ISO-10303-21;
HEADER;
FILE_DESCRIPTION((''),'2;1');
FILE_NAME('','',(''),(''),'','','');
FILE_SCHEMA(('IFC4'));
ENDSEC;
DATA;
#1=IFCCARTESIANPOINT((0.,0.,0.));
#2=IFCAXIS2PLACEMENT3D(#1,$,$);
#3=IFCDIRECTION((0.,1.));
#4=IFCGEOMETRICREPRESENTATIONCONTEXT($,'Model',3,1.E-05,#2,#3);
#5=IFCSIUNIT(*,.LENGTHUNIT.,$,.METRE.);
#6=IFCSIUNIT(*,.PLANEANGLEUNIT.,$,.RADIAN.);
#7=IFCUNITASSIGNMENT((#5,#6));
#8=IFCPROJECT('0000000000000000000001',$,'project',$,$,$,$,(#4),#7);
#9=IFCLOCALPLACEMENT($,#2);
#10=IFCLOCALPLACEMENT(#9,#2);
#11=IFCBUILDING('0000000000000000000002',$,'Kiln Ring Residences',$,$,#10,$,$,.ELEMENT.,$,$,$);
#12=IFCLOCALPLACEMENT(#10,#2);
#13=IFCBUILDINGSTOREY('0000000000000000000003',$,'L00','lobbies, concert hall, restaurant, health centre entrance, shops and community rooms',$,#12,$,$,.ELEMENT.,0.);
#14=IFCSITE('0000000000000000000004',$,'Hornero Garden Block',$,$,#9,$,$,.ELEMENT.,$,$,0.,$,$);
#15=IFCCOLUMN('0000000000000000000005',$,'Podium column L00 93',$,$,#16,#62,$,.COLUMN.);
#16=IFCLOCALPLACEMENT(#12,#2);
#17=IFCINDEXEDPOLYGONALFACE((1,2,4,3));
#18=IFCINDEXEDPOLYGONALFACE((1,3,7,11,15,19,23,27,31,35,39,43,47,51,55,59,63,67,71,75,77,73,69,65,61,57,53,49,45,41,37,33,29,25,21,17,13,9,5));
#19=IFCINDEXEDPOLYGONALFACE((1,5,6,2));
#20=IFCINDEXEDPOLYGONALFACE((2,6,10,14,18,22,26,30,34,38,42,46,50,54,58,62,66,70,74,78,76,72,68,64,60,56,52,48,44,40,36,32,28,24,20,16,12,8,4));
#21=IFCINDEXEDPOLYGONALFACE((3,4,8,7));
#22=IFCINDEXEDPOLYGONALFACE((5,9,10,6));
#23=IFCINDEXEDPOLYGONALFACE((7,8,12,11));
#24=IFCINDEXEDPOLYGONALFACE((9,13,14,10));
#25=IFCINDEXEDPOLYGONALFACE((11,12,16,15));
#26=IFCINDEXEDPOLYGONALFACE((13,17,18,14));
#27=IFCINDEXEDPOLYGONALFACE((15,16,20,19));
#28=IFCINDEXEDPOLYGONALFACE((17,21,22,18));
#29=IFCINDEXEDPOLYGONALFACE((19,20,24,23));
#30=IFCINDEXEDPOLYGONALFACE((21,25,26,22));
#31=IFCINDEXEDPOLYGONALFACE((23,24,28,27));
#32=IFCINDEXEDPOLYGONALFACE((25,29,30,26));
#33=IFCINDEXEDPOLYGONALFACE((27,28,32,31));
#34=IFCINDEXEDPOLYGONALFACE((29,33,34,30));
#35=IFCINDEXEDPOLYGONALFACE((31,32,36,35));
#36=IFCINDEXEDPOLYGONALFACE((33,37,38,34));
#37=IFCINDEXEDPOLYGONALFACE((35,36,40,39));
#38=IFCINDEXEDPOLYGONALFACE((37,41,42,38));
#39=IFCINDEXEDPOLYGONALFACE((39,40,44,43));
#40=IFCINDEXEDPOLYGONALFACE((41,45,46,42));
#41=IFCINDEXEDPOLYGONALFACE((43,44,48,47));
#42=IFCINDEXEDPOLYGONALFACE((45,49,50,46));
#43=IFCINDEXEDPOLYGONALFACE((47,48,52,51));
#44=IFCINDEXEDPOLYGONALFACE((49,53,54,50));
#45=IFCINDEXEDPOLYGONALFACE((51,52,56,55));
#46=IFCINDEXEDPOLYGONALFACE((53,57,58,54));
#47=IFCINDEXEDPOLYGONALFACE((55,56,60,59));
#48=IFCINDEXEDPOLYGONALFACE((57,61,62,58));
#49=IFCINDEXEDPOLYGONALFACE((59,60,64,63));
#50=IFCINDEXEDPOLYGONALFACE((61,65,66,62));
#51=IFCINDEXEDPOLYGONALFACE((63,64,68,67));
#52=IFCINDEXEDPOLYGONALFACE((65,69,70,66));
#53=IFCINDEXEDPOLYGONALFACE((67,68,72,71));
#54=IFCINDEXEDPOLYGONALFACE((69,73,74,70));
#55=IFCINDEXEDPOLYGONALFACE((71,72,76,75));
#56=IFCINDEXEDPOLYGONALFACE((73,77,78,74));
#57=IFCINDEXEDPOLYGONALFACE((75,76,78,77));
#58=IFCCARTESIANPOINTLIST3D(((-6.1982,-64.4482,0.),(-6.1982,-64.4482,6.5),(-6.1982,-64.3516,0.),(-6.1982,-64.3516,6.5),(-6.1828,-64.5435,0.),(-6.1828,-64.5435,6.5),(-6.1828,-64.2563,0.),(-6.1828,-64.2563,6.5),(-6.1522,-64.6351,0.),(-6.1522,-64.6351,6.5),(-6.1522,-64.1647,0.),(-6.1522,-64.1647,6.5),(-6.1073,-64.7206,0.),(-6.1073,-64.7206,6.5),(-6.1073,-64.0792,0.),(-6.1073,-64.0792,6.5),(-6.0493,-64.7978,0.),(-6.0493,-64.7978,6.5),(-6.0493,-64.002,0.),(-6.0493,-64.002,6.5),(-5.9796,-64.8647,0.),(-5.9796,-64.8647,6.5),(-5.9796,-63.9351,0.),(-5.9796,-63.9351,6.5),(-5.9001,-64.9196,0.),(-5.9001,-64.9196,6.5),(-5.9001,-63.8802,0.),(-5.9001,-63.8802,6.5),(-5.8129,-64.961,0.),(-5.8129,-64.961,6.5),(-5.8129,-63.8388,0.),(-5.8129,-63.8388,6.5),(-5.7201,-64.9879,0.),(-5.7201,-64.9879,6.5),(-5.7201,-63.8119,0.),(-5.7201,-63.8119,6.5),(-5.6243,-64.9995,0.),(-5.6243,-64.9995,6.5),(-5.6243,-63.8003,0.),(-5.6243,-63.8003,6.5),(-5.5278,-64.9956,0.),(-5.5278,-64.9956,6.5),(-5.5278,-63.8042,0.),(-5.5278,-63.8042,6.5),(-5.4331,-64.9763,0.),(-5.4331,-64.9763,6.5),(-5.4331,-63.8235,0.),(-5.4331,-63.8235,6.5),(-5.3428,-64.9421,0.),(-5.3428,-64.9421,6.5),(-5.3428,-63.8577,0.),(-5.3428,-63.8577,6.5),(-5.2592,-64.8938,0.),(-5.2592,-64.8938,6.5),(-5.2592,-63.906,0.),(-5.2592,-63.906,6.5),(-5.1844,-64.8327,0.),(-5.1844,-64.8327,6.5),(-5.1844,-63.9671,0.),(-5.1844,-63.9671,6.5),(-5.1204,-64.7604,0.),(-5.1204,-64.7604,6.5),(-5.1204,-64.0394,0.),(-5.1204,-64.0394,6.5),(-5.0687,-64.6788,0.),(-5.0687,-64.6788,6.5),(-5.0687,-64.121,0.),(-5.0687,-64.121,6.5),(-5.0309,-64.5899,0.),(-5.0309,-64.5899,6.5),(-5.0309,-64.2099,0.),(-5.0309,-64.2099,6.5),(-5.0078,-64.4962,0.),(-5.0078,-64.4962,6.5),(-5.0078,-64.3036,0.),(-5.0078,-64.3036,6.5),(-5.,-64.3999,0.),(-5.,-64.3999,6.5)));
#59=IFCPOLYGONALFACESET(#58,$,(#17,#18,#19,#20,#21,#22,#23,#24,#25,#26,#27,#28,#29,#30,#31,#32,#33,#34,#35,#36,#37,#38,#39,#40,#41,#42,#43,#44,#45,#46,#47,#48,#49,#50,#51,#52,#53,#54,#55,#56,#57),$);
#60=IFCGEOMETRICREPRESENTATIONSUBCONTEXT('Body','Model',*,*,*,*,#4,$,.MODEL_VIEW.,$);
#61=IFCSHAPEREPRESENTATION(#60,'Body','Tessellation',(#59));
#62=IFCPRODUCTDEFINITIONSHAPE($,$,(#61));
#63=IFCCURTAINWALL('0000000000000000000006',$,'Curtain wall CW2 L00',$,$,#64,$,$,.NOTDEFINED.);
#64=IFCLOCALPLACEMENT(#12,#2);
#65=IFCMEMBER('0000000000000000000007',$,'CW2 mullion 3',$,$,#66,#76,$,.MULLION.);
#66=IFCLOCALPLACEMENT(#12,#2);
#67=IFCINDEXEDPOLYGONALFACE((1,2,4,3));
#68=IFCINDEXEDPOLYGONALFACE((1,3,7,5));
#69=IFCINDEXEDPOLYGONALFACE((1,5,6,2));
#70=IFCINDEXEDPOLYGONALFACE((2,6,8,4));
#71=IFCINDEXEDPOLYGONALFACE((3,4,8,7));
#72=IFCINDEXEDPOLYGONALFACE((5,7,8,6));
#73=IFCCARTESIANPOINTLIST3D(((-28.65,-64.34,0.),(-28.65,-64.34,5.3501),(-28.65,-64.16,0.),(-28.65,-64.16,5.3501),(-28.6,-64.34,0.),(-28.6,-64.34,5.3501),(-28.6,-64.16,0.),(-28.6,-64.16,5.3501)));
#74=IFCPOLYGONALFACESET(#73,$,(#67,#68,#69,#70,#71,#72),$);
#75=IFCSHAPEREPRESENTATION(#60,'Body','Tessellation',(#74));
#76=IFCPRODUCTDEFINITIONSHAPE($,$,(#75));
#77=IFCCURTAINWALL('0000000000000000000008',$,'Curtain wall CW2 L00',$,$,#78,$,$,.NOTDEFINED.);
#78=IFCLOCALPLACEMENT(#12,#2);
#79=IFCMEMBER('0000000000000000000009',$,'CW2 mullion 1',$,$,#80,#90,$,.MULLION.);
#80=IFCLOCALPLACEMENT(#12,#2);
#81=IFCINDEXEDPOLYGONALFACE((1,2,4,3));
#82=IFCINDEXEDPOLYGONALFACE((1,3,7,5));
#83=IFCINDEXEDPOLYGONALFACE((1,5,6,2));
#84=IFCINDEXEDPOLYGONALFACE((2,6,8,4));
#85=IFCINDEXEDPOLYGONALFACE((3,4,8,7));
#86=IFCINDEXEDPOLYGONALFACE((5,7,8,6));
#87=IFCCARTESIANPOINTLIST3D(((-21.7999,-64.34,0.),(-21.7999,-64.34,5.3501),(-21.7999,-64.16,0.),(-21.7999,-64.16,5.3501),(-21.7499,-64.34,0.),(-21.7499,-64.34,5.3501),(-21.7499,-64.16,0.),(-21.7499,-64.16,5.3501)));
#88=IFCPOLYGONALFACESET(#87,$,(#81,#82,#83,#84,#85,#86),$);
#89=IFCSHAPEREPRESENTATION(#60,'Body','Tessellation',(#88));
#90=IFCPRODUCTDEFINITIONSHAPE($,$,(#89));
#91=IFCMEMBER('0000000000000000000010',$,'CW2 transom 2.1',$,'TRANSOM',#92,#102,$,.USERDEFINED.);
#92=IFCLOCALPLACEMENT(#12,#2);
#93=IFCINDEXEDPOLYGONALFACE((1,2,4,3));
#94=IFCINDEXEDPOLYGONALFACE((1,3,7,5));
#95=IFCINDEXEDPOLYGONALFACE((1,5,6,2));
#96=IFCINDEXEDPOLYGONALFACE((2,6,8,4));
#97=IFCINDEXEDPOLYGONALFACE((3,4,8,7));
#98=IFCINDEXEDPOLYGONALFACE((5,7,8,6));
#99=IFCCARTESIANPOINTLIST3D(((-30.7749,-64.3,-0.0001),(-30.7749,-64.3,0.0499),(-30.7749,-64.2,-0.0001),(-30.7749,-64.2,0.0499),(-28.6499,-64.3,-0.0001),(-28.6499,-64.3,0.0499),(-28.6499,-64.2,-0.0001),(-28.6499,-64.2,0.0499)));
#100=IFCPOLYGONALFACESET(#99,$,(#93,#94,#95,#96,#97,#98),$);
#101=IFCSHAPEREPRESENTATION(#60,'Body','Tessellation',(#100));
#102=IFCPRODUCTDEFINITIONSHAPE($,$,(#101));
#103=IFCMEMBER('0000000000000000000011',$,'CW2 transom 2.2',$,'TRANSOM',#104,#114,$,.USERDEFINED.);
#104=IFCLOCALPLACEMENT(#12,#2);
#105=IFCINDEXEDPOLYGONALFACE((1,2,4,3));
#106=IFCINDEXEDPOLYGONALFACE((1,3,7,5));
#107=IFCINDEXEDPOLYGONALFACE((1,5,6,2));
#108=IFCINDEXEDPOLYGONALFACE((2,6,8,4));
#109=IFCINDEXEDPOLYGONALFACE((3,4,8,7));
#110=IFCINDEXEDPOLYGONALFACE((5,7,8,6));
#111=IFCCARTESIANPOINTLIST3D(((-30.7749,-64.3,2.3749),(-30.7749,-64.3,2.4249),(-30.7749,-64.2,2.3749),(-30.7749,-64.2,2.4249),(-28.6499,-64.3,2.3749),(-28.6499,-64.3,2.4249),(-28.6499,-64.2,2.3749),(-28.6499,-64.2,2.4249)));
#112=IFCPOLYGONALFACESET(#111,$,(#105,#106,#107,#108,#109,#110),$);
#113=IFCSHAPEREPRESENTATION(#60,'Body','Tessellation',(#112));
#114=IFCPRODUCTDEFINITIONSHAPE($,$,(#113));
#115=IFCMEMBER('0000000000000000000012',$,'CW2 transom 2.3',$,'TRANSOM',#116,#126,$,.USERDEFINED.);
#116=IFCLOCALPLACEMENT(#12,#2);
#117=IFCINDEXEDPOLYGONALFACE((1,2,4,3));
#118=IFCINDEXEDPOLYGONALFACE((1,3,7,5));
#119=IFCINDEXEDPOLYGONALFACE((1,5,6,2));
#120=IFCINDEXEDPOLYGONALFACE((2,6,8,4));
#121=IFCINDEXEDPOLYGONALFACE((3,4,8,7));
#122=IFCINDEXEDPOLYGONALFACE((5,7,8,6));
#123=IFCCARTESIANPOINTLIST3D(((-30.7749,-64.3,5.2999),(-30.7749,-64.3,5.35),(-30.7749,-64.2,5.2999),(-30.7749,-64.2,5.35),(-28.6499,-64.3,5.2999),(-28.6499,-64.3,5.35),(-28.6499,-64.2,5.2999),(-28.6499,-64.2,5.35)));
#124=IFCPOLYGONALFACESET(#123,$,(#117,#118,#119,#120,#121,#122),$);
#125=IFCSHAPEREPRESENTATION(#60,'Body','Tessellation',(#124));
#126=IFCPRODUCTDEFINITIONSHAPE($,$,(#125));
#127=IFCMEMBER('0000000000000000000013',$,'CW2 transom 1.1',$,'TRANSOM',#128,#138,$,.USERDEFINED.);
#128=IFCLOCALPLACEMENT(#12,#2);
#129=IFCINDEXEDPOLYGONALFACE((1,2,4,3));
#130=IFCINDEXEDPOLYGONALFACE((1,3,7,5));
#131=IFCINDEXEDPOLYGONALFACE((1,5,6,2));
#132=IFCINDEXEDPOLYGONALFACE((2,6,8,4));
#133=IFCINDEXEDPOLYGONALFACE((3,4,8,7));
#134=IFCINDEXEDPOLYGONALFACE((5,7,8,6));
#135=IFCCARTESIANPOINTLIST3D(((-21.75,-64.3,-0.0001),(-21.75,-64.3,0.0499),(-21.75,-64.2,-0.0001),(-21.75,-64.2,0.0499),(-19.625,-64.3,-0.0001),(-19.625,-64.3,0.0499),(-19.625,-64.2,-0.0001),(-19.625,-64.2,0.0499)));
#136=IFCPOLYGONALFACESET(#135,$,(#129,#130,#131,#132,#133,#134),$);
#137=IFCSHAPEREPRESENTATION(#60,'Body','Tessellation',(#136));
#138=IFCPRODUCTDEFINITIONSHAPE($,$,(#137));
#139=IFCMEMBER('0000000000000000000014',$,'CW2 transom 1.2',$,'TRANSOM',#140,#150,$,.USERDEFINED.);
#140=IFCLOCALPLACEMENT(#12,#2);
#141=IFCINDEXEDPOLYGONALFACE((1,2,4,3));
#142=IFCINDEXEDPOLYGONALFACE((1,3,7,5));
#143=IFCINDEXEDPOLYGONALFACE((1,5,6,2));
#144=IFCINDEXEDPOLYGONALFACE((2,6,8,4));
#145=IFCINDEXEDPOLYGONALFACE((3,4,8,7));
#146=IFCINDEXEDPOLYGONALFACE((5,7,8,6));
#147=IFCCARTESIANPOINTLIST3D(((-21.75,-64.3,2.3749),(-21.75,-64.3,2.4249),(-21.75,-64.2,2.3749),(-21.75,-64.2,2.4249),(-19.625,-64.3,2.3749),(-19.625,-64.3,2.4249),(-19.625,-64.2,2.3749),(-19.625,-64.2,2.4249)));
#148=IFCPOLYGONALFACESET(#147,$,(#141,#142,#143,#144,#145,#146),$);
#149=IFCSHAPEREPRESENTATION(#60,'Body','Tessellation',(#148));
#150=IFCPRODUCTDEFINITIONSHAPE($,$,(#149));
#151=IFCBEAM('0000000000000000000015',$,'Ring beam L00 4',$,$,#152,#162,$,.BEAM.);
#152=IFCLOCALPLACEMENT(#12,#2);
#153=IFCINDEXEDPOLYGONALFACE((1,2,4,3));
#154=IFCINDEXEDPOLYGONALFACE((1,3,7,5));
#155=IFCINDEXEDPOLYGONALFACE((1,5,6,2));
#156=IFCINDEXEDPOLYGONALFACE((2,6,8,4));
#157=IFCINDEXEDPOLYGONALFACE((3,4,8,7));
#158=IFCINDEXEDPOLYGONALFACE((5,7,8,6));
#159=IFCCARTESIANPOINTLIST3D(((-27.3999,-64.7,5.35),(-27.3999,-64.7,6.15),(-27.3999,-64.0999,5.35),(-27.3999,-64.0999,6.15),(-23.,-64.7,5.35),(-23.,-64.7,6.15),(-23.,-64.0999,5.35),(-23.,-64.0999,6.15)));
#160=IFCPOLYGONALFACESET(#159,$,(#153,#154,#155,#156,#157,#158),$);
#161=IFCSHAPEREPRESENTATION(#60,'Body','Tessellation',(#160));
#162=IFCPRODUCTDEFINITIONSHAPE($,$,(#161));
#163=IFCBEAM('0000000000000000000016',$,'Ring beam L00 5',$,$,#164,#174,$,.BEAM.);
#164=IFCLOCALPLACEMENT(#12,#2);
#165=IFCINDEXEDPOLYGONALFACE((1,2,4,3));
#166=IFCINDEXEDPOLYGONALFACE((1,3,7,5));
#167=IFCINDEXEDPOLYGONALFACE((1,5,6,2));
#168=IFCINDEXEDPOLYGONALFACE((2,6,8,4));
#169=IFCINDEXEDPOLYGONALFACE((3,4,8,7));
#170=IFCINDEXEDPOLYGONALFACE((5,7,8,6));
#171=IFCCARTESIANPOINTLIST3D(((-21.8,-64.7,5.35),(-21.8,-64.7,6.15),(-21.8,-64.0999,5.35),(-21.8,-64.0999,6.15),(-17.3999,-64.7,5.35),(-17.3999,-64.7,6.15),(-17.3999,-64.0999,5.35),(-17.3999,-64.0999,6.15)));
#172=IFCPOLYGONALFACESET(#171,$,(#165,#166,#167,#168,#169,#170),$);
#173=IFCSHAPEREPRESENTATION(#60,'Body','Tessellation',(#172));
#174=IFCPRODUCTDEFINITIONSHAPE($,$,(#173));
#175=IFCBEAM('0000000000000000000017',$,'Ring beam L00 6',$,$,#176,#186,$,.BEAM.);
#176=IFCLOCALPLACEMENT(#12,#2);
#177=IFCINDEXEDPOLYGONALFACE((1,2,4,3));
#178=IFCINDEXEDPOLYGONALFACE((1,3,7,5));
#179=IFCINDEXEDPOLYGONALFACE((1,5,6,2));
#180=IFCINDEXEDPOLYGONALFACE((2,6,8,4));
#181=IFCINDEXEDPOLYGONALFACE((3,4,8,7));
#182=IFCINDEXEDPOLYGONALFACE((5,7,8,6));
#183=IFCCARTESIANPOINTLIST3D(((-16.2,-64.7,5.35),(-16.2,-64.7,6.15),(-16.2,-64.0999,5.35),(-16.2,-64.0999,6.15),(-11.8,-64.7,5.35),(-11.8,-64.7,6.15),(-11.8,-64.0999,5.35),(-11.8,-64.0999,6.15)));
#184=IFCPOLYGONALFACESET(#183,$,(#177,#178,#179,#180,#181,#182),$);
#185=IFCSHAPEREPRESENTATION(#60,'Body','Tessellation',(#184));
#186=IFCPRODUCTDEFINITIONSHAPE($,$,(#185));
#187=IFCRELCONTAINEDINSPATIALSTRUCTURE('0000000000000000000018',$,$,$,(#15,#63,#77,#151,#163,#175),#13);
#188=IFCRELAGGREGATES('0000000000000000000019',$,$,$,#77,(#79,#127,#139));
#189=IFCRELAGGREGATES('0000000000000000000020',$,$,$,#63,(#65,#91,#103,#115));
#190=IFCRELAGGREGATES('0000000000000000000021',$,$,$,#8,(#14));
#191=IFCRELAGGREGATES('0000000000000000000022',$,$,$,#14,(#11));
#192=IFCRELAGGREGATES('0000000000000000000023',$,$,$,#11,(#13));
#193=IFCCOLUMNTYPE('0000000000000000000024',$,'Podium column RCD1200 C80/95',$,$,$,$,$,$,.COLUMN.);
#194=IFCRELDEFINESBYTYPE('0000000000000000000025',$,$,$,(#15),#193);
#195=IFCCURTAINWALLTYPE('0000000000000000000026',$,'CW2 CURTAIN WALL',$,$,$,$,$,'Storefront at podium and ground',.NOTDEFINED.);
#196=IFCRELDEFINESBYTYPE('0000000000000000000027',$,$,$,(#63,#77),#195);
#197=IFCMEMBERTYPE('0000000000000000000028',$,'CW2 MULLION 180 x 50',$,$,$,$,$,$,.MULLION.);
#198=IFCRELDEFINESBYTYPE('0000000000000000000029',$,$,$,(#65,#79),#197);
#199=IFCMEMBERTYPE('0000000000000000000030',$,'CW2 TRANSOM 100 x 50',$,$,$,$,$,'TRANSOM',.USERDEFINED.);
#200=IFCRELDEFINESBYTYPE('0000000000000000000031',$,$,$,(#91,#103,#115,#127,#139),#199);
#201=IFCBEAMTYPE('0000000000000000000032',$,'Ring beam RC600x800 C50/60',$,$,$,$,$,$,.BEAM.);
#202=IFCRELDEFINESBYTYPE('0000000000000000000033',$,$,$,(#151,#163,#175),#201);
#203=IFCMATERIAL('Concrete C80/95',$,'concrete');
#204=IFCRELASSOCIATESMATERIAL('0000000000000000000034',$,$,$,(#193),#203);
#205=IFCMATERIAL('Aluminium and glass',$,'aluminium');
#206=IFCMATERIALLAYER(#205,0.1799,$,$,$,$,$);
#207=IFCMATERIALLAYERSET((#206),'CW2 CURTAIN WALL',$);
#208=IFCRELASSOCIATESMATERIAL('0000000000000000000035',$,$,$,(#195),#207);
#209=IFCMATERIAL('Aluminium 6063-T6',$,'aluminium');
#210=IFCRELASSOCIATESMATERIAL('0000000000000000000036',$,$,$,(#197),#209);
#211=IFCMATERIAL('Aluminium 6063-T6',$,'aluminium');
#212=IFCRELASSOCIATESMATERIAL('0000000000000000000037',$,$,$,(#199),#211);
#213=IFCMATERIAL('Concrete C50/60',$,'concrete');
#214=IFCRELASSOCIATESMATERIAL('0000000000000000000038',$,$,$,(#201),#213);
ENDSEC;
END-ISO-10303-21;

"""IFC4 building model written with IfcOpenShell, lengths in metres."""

from ifc_helpers import new_model, si_unit, direction, frame, origin, origin_2d, place, context, subcontext, project, spatial, rectangle, circle, extrude, material, layer, layer_set, material_profile, profile_set, type_object, element, aggregate, save


model = new_model("IFC4")

# Units and contexts
model_context = context("Model", 3, precision=1e-05, world=origin(), true_north=direction((0.0, 1.0)))
body_context = subcontext(model_context, "Body", "Model", "MODEL_VIEW")
ifc_project = project(units=[si_unit("LENGTHUNIT", "METRE"), si_unit("PLANEANGLEUNIT", "RADIAN")], contexts=[model_context])

# Site, building, storey
site_placement = place(None, origin())
site = spatial("IfcSite", under=ifc_project, at=site_placement, Name="Hornero Garden Block", CompositionType="ELEMENT", RefElevation=0.0)
building_placement = place(site_placement, origin())
building = spatial("IfcBuilding", under=site, at=building_placement, Name="Kiln Ring Residences", CompositionType="ELEMENT")
storey_placement = place(building_placement, origin())
storey = spatial("IfcBuildingStorey", under=building, at=storey_placement, Name="L00", Description="lobbies, concert hall, restaurant, health centre entrance, shops and community rooms", CompositionType="ELEMENT", Elevation=0.0)

# Column
ifc_material_1 = material(Name="Concrete C80/95", Category="concrete")
ifc_material_profile_1 = material_profile(ifc_material_1, circle(Radius=0.6001, at=origin_2d()), Name="RCD1200")
ifc_profile_set_1 = profile_set([ifc_material_profile_1], Name="Concrete C80/95")
column_type = type_object("IfcColumnType", Name="Podium column RCD1200 C80/95", PredefinedType="COLUMN", material=ifc_profile_set_1)
for number, where, z_axis, x_axis, name in (
    (1, (-5.6001, -64.3999, 0.0), (0.0, 0.0, 1.0), (1.0, 0.0, 0.0), "Podium column L00 93"),
):
    element("IfcColumn", number, at=place(storey_placement, frame(where, z_axis=z_axis, x_axis=x_axis)), inside=storey, type_object=column_type, Name=name, PredefinedType="COLUMN", context=body_context, shape_type="SweptSolid", body=[
        extrude(circle(Radius=0.6001, at=origin_2d()), origin(), (0.0, 0.0, 1.0), 6.5),
    ])

# Curtain walls, members
ifc_material_2 = material(Name="Aluminium and glass", Category="aluminium")
ifc_layer_1 = layer(ifc_material_2, 0.1799)
ifc_layer_set_1 = layer_set([ifc_layer_1], Name="CW2 CURTAIN WALL")
curtain_wall_type = type_object("IfcCurtainWallType", Name="CW2 CURTAIN WALL", ElementType="Storefront at podium and ground", PredefinedType="NOTDEFINED", material=ifc_layer_set_1)
placement = place(storey_placement, origin())
curtain_wall_1 = element("IfcCurtainWall", 2, at=placement, inside=storey, type_object=curtain_wall_type, Name="Curtain wall CW2 L00", PredefinedType="NOTDEFINED")
ifc_material_3 = material(Name="Aluminium 6063-T6", Category="aluminium")
ifc_material_profile_2 = material_profile(ifc_material_3, rectangle(XDim=0.1799, YDim=0.05, at=origin_2d()), Name="AL 180x50")
ifc_profile_set_2 = profile_set([ifc_material_profile_2], Name="Aluminium 6063-T6")
member_type_1 = type_object("IfcMemberType", Name="CW2 MULLION 180 x 50", PredefinedType="MULLION", material=ifc_profile_set_2)
member_1_placement = place(storey_placement, frame((-28.625, -64.25, 0.0), z_axis=(0.0, 0.0, 1.0), x_axis=(0.0, 1.0, 0.0)))
member_1 = element("IfcMember", 3, at=member_1_placement, type_object=member_type_1, Name="CW2 mullion 3", PredefinedType="MULLION", context=body_context, shape_type="SweptSolid", body=[
    extrude(rectangle(XDim=0.1799, YDim=0.05, at=origin_2d()), origin(), (0.0, 0.0, 1.0), 5.3501),
])
curtain_wall_2 = element("IfcCurtainWall", 4, at=placement, inside=storey, type_object=curtain_wall_type, Name="Curtain wall CW2 L00", PredefinedType="NOTDEFINED")
member_2_placement = place(storey_placement, frame((-21.7749, -64.25, 0.0), z_axis=(0.0, 0.0, 1.0), x_axis=(0.0, 1.0, 0.0)))
member_2 = element("IfcMember", 5, at=member_2_placement, type_object=member_type_1, Name="CW2 mullion 1", PredefinedType="MULLION", context=body_context, shape_type="SweptSolid", body=[
    extrude(rectangle(XDim=0.1799, YDim=0.05, at=origin_2d()), origin(), (0.0, 0.0, 1.0), 5.3501),
])

# Members
ifc_material_4 = material(Name="Aluminium 6063-T6", Category="aluminium")
ifc_material_profile_3 = material_profile(ifc_material_4, rectangle(XDim=0.1001, YDim=0.05, at=origin_2d()), Name="AL 100x50")
ifc_profile_set_3 = profile_set([ifc_material_profile_3], Name="Aluminium 6063-T6")
member_type_2 = type_object("IfcMemberType", Name="CW2 TRANSOM 100 x 50", ElementType="TRANSOM", PredefinedType="USERDEFINED", material=ifc_profile_set_3)
member_3_placement = place(storey_placement, frame((-30.7749, -64.25, 0.0249), z_axis=(1.0, 0.0, 0.0), x_axis=(0.0, 1.0, 0.0)))
member_3 = element("IfcMember", 6, at=member_3_placement, type_object=member_type_2, Name="CW2 transom 2.1", ObjectType="TRANSOM", PredefinedType="USERDEFINED", context=body_context, shape_type="SweptSolid", body=[
    extrude(rectangle(XDim=0.1001, YDim=0.05, at=origin_2d()), origin(), (0.0, 0.0, 1.0), 2.125),
])
member_4_placement = place(storey_placement, frame((-30.7749, -64.25, 2.3999), z_axis=(1.0, 0.0, 0.0), x_axis=(0.0, 1.0, 0.0)))
member_4 = element("IfcMember", 7, at=member_4_placement, type_object=member_type_2, Name="CW2 transom 2.2", ObjectType="TRANSOM", PredefinedType="USERDEFINED", context=body_context, shape_type="SweptSolid", body=[
    extrude(rectangle(XDim=0.1001, YDim=0.05, at=origin_2d()), origin(), (0.0, 0.0, 1.0), 2.125),
])
member_5_placement = place(storey_placement, frame((-30.7749, -64.25, 5.325), z_axis=(1.0, 0.0, 0.0), x_axis=(0.0, 1.0, 0.0)))
member_5 = element("IfcMember", 8, at=member_5_placement, type_object=member_type_2, Name="CW2 transom 2.3", ObjectType="TRANSOM", PredefinedType="USERDEFINED", context=body_context, shape_type="SweptSolid", body=[
    extrude(rectangle(XDim=0.1001, YDim=0.05, at=origin_2d()), origin(), (0.0, 0.0, 1.0), 2.125),
])
member_6_placement = place(storey_placement, frame((-21.75, -64.25, 0.0249), z_axis=(1.0, 0.0, 0.0), x_axis=(0.0, 1.0, 0.0)))
member_6 = element("IfcMember", 9, at=member_6_placement, type_object=member_type_2, Name="CW2 transom 1.1", ObjectType="TRANSOM", PredefinedType="USERDEFINED", context=body_context, shape_type="SweptSolid", body=[
    extrude(rectangle(XDim=0.1001, YDim=0.05, at=origin_2d()), origin(), (0.0, 0.0, 1.0), 2.125),
])
member_7_placement = place(storey_placement, frame((-21.75, -64.25, 2.3999), z_axis=(1.0, 0.0, 0.0), x_axis=(0.0, 1.0, 0.0)))
member_7 = element("IfcMember", 10, at=member_7_placement, type_object=member_type_2, Name="CW2 transom 1.2", ObjectType="TRANSOM", PredefinedType="USERDEFINED", context=body_context, shape_type="SweptSolid", body=[
    extrude(rectangle(XDim=0.1001, YDim=0.05, at=origin_2d()), origin(), (0.0, 0.0, 1.0), 2.125),
])
aggregate(curtain_wall_2, [member_2, member_6, member_7])

# Beams
ifc_material_5 = material(Name="Concrete C50/60", Category="concrete")
ifc_material_profile_4 = material_profile(ifc_material_5, rectangle(XDim=0.6001, YDim=0.8, at=origin_2d()), Name="RC600x800")
ifc_profile_set_4 = profile_set([ifc_material_profile_4], Name="Concrete C50/60")
beam_type = type_object("IfcBeamType", Name="Ring beam RC600x800 C50/60", PredefinedType="BEAM", material=ifc_profile_set_4)
beam_1_placement = place(storey_placement, frame((-27.3999, -64.3999, 5.75), z_axis=(1.0, 0.0, 0.0), x_axis=(0.0, 1.0, 0.0)))
element("IfcBeam", 11, at=beam_1_placement, inside=storey, type_object=beam_type, Name="Ring beam L00 4", PredefinedType="BEAM", context=body_context, shape_type="SweptSolid", body=[
    extrude(rectangle(XDim=0.6001, YDim=0.8, at=origin_2d()), origin(), (0.0, 0.0, 1.0), 4.3999),
])
beam_2_placement = place(storey_placement, frame((-21.8, -64.3999, 5.75), z_axis=(1.0, 0.0, 0.0), x_axis=(0.0, 1.0, 0.0)))
element("IfcBeam", 12, at=beam_2_placement, inside=storey, type_object=beam_type, Name="Ring beam L00 5", PredefinedType="BEAM", context=body_context, shape_type="SweptSolid", body=[
    extrude(rectangle(XDim=0.6001, YDim=0.8, at=origin_2d()), origin(), (0.0, 0.0, 1.0), 4.4001),
])
beam_3_placement = place(storey_placement, frame((-16.2, -64.3999, 5.75), z_axis=(1.0, 0.0, 0.0), x_axis=(0.0, 1.0, 0.0)))
element("IfcBeam", 13, at=beam_3_placement, inside=storey, type_object=beam_type, Name="Ring beam L00 6", PredefinedType="BEAM", context=body_context, shape_type="SweptSolid", body=[
    extrude(rectangle(XDim=0.6001, YDim=0.8, at=origin_2d()), origin(), (0.0, 0.0, 1.0), 4.3999),
])

aggregate(curtain_wall_1, [member_1, member_3, member_4, member_5])

save(model, "model.ifc")
